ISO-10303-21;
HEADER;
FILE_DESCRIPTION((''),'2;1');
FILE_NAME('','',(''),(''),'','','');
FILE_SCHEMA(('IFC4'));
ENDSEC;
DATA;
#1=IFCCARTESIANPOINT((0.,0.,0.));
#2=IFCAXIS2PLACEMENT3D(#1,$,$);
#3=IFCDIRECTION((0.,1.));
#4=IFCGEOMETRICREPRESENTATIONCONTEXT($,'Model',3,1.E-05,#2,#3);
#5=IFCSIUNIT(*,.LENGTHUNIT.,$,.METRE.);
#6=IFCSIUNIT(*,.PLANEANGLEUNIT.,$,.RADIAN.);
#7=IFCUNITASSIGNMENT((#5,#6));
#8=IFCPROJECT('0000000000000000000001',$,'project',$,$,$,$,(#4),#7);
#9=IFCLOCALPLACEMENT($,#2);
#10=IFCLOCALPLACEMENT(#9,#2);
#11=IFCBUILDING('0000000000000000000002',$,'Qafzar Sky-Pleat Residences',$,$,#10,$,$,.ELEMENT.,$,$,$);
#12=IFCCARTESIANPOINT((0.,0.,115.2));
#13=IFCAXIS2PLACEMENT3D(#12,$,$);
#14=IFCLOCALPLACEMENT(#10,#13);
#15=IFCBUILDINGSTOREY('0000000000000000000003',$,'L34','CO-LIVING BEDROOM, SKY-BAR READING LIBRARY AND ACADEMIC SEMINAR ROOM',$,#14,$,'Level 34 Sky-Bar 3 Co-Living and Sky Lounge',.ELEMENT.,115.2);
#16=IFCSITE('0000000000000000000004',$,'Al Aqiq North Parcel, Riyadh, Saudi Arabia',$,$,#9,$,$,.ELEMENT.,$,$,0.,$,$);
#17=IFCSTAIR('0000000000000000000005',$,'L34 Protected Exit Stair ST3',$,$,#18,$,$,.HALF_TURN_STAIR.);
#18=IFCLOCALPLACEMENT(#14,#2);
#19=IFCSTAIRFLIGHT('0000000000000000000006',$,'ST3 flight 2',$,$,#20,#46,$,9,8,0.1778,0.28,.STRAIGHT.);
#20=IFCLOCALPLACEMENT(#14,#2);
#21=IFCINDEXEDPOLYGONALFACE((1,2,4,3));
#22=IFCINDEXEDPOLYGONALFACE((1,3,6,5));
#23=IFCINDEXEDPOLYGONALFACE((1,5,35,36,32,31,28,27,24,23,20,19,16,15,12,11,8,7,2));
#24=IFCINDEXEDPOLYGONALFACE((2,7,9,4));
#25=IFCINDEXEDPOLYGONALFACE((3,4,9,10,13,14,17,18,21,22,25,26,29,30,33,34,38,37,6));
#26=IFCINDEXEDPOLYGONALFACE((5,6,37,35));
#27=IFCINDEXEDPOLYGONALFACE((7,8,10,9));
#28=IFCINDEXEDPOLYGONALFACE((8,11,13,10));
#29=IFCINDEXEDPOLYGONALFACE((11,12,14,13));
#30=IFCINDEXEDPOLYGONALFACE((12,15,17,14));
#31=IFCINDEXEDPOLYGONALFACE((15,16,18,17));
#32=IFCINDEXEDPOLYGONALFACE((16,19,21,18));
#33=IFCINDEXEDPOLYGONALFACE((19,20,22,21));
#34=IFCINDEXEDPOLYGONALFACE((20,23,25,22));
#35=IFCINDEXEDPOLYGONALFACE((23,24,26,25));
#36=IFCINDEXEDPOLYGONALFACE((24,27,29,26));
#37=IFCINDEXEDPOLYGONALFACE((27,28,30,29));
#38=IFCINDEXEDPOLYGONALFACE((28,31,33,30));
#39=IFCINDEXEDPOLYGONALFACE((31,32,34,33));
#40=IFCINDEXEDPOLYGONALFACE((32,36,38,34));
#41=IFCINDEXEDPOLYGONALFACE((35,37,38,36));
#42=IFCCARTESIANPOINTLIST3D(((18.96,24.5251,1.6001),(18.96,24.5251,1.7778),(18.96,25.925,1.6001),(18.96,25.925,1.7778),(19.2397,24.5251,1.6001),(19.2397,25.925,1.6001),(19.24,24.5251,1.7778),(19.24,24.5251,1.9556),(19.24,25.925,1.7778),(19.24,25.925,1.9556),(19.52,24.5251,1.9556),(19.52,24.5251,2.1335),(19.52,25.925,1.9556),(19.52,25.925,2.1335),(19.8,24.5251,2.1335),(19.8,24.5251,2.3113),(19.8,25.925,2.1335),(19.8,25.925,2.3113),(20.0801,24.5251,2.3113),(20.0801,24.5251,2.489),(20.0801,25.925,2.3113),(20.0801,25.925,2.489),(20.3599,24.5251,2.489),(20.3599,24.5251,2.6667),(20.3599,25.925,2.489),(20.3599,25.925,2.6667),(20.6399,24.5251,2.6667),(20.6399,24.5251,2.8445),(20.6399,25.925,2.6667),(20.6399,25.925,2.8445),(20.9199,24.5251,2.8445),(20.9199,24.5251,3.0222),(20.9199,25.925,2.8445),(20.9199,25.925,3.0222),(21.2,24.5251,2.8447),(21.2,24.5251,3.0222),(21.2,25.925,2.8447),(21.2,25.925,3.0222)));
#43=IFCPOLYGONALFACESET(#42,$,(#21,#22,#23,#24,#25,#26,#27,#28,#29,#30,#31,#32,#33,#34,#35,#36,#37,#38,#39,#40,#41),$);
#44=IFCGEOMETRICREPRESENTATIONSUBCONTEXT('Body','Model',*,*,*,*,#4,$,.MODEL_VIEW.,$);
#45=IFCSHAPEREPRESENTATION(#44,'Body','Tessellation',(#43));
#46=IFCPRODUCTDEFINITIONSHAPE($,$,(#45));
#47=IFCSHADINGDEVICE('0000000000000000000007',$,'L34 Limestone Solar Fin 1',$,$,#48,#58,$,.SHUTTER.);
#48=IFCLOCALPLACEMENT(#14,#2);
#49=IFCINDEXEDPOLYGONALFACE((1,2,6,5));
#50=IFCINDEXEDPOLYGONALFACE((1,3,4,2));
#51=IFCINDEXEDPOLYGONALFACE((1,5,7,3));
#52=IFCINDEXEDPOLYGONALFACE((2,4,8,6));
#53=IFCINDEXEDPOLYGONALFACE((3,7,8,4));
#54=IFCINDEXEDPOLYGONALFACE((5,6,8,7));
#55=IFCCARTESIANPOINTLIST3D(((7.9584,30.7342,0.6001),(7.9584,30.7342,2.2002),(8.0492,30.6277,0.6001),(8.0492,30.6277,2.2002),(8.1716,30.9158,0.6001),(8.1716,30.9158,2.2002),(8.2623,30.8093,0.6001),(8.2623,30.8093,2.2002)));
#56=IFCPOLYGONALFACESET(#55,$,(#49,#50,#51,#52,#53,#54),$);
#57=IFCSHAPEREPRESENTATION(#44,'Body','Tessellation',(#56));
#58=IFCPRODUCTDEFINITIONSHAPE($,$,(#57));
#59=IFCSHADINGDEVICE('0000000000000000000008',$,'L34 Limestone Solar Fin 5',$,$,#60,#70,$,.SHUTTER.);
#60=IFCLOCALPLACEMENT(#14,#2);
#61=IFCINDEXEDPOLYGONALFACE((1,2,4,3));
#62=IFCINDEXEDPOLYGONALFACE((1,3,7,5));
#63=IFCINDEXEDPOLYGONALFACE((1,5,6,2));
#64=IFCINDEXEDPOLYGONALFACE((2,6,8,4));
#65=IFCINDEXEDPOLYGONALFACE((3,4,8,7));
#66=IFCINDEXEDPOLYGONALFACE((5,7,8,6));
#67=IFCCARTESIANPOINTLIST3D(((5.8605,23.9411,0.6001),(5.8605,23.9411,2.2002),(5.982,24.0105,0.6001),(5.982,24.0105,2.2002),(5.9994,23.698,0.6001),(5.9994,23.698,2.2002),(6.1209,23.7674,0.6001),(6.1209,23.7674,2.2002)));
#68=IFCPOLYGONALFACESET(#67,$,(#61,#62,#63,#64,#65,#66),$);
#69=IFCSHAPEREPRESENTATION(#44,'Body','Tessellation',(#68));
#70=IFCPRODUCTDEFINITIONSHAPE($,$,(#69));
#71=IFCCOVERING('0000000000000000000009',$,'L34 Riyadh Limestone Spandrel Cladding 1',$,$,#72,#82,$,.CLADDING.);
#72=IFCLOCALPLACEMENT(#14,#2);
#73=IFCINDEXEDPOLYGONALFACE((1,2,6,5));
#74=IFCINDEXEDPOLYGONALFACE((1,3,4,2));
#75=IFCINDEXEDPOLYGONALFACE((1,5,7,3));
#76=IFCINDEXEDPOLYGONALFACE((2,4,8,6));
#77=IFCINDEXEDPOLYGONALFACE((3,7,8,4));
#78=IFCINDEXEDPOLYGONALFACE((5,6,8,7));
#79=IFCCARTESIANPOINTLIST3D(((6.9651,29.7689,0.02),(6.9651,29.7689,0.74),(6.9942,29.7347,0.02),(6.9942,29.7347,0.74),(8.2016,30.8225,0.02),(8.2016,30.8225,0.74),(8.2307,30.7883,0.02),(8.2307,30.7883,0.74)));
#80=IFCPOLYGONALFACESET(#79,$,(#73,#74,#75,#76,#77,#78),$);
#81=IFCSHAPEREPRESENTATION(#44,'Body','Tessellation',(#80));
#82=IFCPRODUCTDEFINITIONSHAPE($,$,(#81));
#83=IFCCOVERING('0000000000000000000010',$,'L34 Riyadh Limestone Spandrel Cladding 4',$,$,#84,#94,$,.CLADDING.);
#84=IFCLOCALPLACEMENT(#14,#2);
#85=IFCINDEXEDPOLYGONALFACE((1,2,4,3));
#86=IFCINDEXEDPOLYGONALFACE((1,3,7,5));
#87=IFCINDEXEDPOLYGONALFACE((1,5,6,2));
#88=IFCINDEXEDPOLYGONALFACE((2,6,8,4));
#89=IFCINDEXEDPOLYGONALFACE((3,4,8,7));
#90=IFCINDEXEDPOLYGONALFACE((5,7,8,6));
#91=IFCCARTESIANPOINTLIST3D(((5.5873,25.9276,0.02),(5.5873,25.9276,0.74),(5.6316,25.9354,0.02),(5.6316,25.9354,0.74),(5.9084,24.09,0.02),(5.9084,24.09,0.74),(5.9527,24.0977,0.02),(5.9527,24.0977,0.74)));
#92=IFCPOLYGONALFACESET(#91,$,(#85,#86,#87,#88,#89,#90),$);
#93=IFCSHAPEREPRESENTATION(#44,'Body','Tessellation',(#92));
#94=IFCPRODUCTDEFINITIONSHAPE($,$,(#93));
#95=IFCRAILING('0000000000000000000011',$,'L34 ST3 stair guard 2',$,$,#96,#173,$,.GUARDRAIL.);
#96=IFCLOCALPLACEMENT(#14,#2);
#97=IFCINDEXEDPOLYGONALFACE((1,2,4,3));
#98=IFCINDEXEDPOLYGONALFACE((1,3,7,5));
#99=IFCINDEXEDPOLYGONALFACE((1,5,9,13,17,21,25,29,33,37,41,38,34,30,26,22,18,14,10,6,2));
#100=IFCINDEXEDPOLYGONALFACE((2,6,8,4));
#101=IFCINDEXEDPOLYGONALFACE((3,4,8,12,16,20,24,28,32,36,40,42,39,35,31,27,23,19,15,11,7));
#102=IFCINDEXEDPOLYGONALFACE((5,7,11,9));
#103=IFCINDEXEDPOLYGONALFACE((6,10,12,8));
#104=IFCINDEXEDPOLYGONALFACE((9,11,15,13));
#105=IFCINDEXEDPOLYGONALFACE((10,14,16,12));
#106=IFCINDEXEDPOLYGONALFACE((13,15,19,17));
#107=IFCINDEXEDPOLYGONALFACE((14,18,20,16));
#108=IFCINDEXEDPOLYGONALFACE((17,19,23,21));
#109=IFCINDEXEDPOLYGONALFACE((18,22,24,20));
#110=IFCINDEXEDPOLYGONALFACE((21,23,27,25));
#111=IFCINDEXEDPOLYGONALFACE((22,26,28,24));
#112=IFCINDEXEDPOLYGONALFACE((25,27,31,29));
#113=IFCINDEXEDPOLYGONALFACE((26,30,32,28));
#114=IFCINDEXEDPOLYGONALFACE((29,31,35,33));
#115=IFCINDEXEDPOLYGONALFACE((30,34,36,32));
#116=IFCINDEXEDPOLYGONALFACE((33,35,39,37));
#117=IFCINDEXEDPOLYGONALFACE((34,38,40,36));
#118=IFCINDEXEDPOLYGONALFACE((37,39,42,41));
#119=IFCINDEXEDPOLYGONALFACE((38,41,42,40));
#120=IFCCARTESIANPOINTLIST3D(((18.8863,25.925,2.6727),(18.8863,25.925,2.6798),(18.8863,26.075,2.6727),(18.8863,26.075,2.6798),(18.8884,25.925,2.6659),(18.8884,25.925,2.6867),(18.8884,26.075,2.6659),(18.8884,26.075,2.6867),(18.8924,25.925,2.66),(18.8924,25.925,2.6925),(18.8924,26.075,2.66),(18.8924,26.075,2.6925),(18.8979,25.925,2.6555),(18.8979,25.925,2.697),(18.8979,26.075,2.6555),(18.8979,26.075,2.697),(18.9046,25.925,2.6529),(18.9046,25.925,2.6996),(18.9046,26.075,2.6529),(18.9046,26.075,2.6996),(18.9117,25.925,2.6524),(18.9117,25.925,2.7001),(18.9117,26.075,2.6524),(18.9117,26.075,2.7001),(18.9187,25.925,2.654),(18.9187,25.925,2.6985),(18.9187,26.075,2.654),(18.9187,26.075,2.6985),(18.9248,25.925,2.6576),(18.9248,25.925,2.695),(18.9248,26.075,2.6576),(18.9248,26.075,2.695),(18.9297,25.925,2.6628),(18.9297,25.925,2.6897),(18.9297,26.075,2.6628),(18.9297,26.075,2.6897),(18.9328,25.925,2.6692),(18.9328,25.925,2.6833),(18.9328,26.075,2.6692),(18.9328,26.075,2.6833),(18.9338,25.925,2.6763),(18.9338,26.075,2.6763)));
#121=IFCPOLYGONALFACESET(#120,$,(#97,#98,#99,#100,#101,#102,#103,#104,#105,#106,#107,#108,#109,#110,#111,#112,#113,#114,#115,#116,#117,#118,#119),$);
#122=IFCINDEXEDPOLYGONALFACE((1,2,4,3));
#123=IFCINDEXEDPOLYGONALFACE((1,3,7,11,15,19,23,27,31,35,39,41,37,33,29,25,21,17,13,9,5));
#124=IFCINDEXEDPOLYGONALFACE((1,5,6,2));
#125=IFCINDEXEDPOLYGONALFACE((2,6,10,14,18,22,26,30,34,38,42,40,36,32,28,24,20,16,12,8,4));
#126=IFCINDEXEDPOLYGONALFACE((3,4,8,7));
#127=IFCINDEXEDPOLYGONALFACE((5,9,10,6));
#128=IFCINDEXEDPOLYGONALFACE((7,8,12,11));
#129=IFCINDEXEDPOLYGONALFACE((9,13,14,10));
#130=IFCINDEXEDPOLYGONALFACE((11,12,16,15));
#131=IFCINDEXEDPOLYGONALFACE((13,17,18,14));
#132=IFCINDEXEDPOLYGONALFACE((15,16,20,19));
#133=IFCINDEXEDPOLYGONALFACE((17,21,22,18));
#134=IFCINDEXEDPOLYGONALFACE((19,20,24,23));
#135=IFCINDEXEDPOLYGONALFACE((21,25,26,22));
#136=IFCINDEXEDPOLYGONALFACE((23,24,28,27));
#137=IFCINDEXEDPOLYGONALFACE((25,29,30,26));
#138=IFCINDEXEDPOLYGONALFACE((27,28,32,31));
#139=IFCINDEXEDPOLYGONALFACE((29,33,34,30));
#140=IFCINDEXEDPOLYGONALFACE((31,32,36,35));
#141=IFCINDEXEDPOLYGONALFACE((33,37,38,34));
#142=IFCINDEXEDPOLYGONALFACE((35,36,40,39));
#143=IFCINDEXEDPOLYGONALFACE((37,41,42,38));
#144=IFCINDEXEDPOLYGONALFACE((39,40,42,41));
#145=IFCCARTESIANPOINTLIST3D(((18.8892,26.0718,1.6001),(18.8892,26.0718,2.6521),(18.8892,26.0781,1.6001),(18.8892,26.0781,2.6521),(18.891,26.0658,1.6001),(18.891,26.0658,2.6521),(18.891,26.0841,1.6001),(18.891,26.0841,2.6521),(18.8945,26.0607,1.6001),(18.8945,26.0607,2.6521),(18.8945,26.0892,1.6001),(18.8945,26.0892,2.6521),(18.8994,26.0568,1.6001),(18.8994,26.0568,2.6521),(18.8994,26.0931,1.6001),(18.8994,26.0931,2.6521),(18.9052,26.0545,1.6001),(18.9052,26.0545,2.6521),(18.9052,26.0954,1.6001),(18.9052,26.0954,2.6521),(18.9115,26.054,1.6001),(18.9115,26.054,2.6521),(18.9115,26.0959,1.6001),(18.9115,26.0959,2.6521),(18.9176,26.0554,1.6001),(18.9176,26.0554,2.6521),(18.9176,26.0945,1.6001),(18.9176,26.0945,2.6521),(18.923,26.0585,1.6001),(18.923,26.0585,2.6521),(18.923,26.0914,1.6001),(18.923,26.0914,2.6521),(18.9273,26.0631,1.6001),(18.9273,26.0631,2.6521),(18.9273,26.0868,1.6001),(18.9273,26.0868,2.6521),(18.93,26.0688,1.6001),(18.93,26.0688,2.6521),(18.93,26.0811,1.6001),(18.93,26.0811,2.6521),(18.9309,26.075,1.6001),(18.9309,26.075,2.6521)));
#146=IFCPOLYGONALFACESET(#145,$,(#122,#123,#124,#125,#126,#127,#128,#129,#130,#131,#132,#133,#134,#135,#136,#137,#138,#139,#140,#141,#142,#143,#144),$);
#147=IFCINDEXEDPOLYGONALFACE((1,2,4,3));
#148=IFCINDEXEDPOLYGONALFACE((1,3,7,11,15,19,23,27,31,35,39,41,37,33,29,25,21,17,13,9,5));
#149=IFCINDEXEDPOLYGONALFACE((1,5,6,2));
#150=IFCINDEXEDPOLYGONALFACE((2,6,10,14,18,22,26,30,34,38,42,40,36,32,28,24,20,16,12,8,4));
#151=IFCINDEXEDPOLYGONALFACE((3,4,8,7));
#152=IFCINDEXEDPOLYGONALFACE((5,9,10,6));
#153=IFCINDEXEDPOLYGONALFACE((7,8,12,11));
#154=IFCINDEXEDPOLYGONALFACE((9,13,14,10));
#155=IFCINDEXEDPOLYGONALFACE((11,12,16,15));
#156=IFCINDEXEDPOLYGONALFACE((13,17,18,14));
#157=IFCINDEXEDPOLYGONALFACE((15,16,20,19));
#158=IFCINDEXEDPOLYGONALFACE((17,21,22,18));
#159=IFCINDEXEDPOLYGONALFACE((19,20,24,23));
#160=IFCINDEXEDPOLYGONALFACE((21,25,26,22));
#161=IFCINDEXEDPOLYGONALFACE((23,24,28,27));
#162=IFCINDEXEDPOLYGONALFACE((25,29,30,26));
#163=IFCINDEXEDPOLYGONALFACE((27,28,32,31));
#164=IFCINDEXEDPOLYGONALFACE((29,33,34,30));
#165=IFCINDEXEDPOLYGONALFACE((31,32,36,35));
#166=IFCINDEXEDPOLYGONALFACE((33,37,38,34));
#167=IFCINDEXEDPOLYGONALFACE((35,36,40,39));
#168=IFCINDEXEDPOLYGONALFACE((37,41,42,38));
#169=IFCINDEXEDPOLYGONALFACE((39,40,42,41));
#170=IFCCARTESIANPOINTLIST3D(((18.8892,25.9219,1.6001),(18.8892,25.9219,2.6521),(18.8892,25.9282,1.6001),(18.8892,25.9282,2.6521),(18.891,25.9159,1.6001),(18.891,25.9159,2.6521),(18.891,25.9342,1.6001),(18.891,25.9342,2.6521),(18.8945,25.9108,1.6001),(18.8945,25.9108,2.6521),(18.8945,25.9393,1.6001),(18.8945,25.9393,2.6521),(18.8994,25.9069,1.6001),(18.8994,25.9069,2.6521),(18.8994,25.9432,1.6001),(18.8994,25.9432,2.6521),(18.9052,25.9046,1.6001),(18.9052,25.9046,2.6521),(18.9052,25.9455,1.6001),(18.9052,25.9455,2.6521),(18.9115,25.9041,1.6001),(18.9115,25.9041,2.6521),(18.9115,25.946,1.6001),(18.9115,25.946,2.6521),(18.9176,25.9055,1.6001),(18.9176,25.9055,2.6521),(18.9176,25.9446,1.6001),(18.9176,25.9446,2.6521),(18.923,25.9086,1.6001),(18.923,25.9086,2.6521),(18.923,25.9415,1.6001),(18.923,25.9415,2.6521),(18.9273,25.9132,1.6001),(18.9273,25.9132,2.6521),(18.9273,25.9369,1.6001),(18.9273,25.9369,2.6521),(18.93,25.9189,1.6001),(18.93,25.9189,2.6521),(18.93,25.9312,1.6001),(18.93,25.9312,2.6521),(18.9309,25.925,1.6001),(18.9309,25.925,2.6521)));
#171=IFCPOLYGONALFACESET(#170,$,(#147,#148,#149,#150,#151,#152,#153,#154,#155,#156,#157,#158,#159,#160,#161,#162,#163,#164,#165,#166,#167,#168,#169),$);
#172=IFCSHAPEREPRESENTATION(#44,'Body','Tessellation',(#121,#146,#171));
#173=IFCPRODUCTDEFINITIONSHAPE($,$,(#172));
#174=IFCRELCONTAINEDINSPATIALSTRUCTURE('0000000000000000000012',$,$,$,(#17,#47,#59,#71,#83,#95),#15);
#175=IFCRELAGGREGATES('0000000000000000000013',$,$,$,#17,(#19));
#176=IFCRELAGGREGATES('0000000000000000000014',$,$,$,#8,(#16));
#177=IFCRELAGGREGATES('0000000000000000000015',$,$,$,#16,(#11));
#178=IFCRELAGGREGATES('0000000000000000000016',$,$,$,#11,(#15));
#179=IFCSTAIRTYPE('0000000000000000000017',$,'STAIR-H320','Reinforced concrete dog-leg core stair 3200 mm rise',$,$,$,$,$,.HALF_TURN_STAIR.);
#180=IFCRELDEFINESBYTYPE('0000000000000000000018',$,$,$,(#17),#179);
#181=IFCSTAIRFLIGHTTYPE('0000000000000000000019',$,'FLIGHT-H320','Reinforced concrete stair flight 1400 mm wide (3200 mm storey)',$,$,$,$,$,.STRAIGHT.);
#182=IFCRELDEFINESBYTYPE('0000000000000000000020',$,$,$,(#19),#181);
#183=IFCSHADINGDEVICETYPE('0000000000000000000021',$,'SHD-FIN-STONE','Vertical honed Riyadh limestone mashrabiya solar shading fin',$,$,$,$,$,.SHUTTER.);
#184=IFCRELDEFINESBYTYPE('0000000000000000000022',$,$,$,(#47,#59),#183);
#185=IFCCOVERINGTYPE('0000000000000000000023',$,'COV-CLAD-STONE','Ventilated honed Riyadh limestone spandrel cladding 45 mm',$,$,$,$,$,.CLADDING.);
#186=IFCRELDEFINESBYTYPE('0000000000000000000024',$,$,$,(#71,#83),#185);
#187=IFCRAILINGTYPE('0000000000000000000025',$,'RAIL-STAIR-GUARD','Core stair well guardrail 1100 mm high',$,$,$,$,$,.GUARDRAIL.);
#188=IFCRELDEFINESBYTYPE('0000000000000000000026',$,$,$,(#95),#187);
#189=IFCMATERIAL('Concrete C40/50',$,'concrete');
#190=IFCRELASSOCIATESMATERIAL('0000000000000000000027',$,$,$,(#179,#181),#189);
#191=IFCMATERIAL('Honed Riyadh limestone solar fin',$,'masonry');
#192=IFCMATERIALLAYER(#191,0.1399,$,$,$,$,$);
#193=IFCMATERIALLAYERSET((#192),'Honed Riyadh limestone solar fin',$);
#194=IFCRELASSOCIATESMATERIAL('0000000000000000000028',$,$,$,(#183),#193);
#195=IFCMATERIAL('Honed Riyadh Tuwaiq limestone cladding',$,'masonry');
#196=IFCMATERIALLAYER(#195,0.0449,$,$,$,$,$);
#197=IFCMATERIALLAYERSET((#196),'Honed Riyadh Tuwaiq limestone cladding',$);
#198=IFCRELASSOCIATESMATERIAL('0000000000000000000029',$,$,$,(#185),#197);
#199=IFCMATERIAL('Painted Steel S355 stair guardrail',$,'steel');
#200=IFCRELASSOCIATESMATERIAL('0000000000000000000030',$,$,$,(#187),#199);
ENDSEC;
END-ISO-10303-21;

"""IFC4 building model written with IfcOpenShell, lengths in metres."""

from ifc_helpers import new_model, si_unit, direction, frame, origin, origin_2d, place, context, subcontext, project, spatial, polyline, rectangle, circle, outline, extrude, source, transform, mapped, material, layer, layer_set, type_object, element, aggregate, save


model = new_model("IFC4")

# Units and contexts
model_context = context("Model", 3, precision=1e-05, world=origin(), true_north=direction((0.0, 1.0)))
body_context = subcontext(model_context, "Body", "Model", "MODEL_VIEW")
ifc_project = project(units=[si_unit("LENGTHUNIT", "METRE"), si_unit("PLANEANGLEUNIT", "RADIAN")], contexts=[model_context])

# Site, building, storey
site_placement = place(None, origin())
site = spatial("IfcSite", under=ifc_project, at=site_placement, Name="Al Aqiq North Parcel, Riyadh, Saudi Arabia", CompositionType="ELEMENT", RefElevation=0.0)
building_placement = place(site_placement, origin())
building = spatial("IfcBuilding", under=site, at=building_placement, Name="Qafzar Sky-Pleat Residences", CompositionType="ELEMENT")
storey_placement = place(building_placement, frame((0.0, 0.0, 115.2)))
storey = spatial("IfcBuildingStorey", under=building, at=storey_placement, Name="L34", Description="CO-LIVING BEDROOM, SKY-BAR READING LIBRARY AND ACADEMIC SEMINAR ROOM", LongName="Level 34 Sky-Bar 3 Co-Living and Sky Lounge", CompositionType="ELEMENT", Elevation=115.2)

# Stair, stair flight
ifc_material_1 = material(Name="Concrete C40/50", Category="concrete")
stair_type = type_object("IfcStairType", Name="STAIR-H320", Description="Reinforced concrete dog-leg core stair 3200 mm rise", PredefinedType="HALF_TURN_STAIR", material=ifc_material_1)
stair_placement = place(storey_placement, origin())
stair = element("IfcStair", 1, at=stair_placement, inside=storey, type_object=stair_type, Name="L34 Protected Exit Stair ST3", PredefinedType="HALF_TURN_STAIR")
stair_flight_type = type_object("IfcStairFlightType", Name="FLIGHT-H320", Description="Reinforced concrete stair flight 1400 mm wide (3200 mm storey)", PredefinedType="STRAIGHT", material=ifc_material_1)
shared_shape_1 = source(origin(), body_context, "Body", "SweptSolid", [
    extrude(outline(polyline([(0.0, 0.0), (0.0, 0.1777), (0.28, 0.1777), (0.28, 0.3555), (0.5601, 0.3555), (0.5601, 0.5334), (0.8401, 0.5334), (0.8401, 0.7112), (1.1201, 0.7112), (1.1201, 0.8889), (1.3999, 0.8889), (1.3999, 1.0667), (1.6799, 1.0667), (1.6799, 1.2444), (1.96, 1.2444), (1.96, 1.4221), (2.24, 1.4221), (2.24, 1.6001), (2.24, 1.2446), (0.2798, 0.0), (0.0, 0.0)])), frame((0.0, 0.7, 0.0), z_axis=(0.0, -1.0, 0.0), x_axis=(1.0, 0.0, 0.0)), (0.0, 0.0, 1.0), 1.3999),
])
stair_flight_1_placement = place(storey_placement, frame((18.96, 25.2251, 1.6001), z_axis=(0.0, 0.0, 1.0), x_axis=(1.0, 0.0, 0.0)))
stair_flight_1 = element("IfcStairFlight", 2, at=stair_flight_1_placement, type_object=stair_flight_type, Name="ST3 flight 2", NumberOfRisers=9, NumberOfTreads=8, PredefinedType="STRAIGHT", RiserHeight=0.1778, TreadLength=0.28, context=body_context, shape_type="MappedRepresentation", body=[
    mapped(shared_shape_1, transform((0.0, 0.0, 0.0), x_axis=(1.0, 0.0, 0.0), y_axis=(0.0, 1.0, 0.0), z_axis=(0.0, 0.0, 1.0), scale=1.0)),
])
aggregate(stair, [stair_flight_1])

# Shading devices
ifc_material_2 = material(Name="Honed Riyadh limestone solar fin", Category="masonry")
ifc_layer_1 = layer(ifc_material_2, 0.1399)
ifc_layer_set_1 = layer_set([ifc_layer_1], Name="Honed Riyadh limestone solar fin")
shading_device_type = type_object("IfcShadingDeviceType", Name="SHD-FIN-STONE", Description="Vertical honed Riyadh limestone mashrabiya solar shading fin", PredefinedType="SHUTTER", material=ifc_layer_set_1)
shared_shape_2 = source(origin(), body_context, "Body", "SweptSolid", [
    extrude(rectangle(XDim=0.1399, YDim=0.28, at=origin_2d()), origin(), (0.0, 0.0, 1.0), 1.6001),
])
for number, where, z_axis, x_axis, name in (
    (3, (8.1104, 30.7717, 0.6001), (0.0, 0.0, 1.0), (-0.648603, 0.761127, 0.0), "L34 Limestone Solar Fin 1"),
    (4, (5.9907, 23.8542, 0.6001), (0.0, 0.0, 1.0), (-0.868299, -0.496042, 0.0), "L34 Limestone Solar Fin 5"),
):
    element("IfcShadingDevice", number, at=place(storey_placement, frame(where, z_axis=z_axis, x_axis=x_axis)), inside=storey, type_object=shading_device_type, Name=name, PredefinedType="SHUTTER", context=body_context, shape_type="MappedRepresentation", body=[
        mapped(shared_shape_2, transform((0.0, 0.0, 0.0), x_axis=(1.0, 0.0, 0.0), y_axis=(0.0, 1.0, 0.0), z_axis=(0.0, 0.0, 1.0), scale=1.0)),
    ])

# Coverings
ifc_material_3 = material(Name="Honed Riyadh Tuwaiq limestone cladding", Category="masonry")
ifc_layer_2 = layer(ifc_material_3, 0.0449)
ifc_layer_set_2 = layer_set([ifc_layer_2], Name="Honed Riyadh Tuwaiq limestone cladding")
covering_type = type_object("IfcCoveringType", Name="COV-CLAD-STONE", Description="Ventilated honed Riyadh limestone spandrel cladding 45 mm", PredefinedType="CLADDING", material=ifc_layer_set_2)
shared_shape_3 = source(origin(), body_context, "Body", "SweptSolid", [
    extrude(rectangle(XDim=1.6245, YDim=0.0449, at=origin_2d()), origin(), (0.0, 0.0, 1.0), 0.72),
])
covering_1_placement = place(storey_placement, frame((7.5979, 30.2786, 0.02), z_axis=(0.0, 0.0, 1.0), x_axis=(-0.761154, -0.648571, 0.0)))
element("IfcCovering", 5, at=covering_1_placement, inside=storey, type_object=covering_type, Name="L34 Riyadh Limestone Spandrel Cladding 1", PredefinedType="CLADDING", context=body_context, shape_type="MappedRepresentation", body=[
    mapped(shared_shape_3, transform((0.0, 0.0, 0.0), x_axis=(1.0, 0.0, 0.0), y_axis=(0.0, 1.0, 0.0), z_axis=(0.0, 0.0, 1.0), scale=1.0)),
])
shared_shape_4 = source(origin(), body_context, "Body", "SweptSolid", [
    extrude(rectangle(XDim=1.8655, YDim=0.0449, at=origin_2d()), origin(), (0.0, 0.0, 1.0), 0.72),
])
covering_2_placement = place(storey_placement, frame((5.77, 25.0127, 0.02), z_axis=(0.0, 0.0, 1.0), x_axis=(0.172123, -0.985075, 0.0)))
element("IfcCovering", 6, at=covering_2_placement, inside=storey, type_object=covering_type, Name="L34 Riyadh Limestone Spandrel Cladding 4", PredefinedType="CLADDING", context=body_context, shape_type="MappedRepresentation", body=[
    mapped(shared_shape_4, transform((0.0, 0.0, 0.0), x_axis=(1.0, 0.0, 0.0), y_axis=(0.0, 1.0, 0.0), z_axis=(0.0, 0.0, 1.0), scale=1.0)),
])

# Railing
ifc_material_4 = material(Name="Painted Steel S355 stair guardrail", Category="steel")
railing_type_1 = type_object("IfcRailingType", Name="RAIL-STAIR-GUARD", Description="Core stair well guardrail 1100 mm high", PredefinedType="GUARDRAIL", material=ifc_material_4)
shared_shape_5 = source(origin(), body_context, "Body", "SweptSolid", [
    extrude(circle(Radius=0.0239, at=origin_2d()), frame((0.0, 0.0, 1.0762), z_axis=(0.0, -1.0, 0.0), x_axis=(1.0, 0.0, 0.0)), (0.0, 0.0, 1.0), 0.1499),
    extrude(circle(Radius=0.021, at=origin_2d()), origin(), (0.0, 0.0, 1.0), 1.052),
    extrude(circle(Radius=0.021, at=origin_2d()), frame((0.0, -0.1499, 0.0)), (0.0, 0.0, 1.0), 1.052),
])
for number, where, name in (
    (7, (18.9099, 26.075, 1.6001), "L34 ST3 stair guard 2"),
):
    element("IfcRailing", number, at=place(storey_placement, frame(where)), inside=storey, type_object=railing_type_1, Name=name, PredefinedType="GUARDRAIL", context=body_context, shape_type="MappedRepresentation", body=[
        mapped(shared_shape_5, transform((0.0, 0.0, 0.0), x_axis=(1.0, 0.0, 0.0), y_axis=(0.0, 1.0, 0.0), z_axis=(0.0, 0.0, 1.0), scale=1.0)),
    ])

save(model, "model.ifc")
